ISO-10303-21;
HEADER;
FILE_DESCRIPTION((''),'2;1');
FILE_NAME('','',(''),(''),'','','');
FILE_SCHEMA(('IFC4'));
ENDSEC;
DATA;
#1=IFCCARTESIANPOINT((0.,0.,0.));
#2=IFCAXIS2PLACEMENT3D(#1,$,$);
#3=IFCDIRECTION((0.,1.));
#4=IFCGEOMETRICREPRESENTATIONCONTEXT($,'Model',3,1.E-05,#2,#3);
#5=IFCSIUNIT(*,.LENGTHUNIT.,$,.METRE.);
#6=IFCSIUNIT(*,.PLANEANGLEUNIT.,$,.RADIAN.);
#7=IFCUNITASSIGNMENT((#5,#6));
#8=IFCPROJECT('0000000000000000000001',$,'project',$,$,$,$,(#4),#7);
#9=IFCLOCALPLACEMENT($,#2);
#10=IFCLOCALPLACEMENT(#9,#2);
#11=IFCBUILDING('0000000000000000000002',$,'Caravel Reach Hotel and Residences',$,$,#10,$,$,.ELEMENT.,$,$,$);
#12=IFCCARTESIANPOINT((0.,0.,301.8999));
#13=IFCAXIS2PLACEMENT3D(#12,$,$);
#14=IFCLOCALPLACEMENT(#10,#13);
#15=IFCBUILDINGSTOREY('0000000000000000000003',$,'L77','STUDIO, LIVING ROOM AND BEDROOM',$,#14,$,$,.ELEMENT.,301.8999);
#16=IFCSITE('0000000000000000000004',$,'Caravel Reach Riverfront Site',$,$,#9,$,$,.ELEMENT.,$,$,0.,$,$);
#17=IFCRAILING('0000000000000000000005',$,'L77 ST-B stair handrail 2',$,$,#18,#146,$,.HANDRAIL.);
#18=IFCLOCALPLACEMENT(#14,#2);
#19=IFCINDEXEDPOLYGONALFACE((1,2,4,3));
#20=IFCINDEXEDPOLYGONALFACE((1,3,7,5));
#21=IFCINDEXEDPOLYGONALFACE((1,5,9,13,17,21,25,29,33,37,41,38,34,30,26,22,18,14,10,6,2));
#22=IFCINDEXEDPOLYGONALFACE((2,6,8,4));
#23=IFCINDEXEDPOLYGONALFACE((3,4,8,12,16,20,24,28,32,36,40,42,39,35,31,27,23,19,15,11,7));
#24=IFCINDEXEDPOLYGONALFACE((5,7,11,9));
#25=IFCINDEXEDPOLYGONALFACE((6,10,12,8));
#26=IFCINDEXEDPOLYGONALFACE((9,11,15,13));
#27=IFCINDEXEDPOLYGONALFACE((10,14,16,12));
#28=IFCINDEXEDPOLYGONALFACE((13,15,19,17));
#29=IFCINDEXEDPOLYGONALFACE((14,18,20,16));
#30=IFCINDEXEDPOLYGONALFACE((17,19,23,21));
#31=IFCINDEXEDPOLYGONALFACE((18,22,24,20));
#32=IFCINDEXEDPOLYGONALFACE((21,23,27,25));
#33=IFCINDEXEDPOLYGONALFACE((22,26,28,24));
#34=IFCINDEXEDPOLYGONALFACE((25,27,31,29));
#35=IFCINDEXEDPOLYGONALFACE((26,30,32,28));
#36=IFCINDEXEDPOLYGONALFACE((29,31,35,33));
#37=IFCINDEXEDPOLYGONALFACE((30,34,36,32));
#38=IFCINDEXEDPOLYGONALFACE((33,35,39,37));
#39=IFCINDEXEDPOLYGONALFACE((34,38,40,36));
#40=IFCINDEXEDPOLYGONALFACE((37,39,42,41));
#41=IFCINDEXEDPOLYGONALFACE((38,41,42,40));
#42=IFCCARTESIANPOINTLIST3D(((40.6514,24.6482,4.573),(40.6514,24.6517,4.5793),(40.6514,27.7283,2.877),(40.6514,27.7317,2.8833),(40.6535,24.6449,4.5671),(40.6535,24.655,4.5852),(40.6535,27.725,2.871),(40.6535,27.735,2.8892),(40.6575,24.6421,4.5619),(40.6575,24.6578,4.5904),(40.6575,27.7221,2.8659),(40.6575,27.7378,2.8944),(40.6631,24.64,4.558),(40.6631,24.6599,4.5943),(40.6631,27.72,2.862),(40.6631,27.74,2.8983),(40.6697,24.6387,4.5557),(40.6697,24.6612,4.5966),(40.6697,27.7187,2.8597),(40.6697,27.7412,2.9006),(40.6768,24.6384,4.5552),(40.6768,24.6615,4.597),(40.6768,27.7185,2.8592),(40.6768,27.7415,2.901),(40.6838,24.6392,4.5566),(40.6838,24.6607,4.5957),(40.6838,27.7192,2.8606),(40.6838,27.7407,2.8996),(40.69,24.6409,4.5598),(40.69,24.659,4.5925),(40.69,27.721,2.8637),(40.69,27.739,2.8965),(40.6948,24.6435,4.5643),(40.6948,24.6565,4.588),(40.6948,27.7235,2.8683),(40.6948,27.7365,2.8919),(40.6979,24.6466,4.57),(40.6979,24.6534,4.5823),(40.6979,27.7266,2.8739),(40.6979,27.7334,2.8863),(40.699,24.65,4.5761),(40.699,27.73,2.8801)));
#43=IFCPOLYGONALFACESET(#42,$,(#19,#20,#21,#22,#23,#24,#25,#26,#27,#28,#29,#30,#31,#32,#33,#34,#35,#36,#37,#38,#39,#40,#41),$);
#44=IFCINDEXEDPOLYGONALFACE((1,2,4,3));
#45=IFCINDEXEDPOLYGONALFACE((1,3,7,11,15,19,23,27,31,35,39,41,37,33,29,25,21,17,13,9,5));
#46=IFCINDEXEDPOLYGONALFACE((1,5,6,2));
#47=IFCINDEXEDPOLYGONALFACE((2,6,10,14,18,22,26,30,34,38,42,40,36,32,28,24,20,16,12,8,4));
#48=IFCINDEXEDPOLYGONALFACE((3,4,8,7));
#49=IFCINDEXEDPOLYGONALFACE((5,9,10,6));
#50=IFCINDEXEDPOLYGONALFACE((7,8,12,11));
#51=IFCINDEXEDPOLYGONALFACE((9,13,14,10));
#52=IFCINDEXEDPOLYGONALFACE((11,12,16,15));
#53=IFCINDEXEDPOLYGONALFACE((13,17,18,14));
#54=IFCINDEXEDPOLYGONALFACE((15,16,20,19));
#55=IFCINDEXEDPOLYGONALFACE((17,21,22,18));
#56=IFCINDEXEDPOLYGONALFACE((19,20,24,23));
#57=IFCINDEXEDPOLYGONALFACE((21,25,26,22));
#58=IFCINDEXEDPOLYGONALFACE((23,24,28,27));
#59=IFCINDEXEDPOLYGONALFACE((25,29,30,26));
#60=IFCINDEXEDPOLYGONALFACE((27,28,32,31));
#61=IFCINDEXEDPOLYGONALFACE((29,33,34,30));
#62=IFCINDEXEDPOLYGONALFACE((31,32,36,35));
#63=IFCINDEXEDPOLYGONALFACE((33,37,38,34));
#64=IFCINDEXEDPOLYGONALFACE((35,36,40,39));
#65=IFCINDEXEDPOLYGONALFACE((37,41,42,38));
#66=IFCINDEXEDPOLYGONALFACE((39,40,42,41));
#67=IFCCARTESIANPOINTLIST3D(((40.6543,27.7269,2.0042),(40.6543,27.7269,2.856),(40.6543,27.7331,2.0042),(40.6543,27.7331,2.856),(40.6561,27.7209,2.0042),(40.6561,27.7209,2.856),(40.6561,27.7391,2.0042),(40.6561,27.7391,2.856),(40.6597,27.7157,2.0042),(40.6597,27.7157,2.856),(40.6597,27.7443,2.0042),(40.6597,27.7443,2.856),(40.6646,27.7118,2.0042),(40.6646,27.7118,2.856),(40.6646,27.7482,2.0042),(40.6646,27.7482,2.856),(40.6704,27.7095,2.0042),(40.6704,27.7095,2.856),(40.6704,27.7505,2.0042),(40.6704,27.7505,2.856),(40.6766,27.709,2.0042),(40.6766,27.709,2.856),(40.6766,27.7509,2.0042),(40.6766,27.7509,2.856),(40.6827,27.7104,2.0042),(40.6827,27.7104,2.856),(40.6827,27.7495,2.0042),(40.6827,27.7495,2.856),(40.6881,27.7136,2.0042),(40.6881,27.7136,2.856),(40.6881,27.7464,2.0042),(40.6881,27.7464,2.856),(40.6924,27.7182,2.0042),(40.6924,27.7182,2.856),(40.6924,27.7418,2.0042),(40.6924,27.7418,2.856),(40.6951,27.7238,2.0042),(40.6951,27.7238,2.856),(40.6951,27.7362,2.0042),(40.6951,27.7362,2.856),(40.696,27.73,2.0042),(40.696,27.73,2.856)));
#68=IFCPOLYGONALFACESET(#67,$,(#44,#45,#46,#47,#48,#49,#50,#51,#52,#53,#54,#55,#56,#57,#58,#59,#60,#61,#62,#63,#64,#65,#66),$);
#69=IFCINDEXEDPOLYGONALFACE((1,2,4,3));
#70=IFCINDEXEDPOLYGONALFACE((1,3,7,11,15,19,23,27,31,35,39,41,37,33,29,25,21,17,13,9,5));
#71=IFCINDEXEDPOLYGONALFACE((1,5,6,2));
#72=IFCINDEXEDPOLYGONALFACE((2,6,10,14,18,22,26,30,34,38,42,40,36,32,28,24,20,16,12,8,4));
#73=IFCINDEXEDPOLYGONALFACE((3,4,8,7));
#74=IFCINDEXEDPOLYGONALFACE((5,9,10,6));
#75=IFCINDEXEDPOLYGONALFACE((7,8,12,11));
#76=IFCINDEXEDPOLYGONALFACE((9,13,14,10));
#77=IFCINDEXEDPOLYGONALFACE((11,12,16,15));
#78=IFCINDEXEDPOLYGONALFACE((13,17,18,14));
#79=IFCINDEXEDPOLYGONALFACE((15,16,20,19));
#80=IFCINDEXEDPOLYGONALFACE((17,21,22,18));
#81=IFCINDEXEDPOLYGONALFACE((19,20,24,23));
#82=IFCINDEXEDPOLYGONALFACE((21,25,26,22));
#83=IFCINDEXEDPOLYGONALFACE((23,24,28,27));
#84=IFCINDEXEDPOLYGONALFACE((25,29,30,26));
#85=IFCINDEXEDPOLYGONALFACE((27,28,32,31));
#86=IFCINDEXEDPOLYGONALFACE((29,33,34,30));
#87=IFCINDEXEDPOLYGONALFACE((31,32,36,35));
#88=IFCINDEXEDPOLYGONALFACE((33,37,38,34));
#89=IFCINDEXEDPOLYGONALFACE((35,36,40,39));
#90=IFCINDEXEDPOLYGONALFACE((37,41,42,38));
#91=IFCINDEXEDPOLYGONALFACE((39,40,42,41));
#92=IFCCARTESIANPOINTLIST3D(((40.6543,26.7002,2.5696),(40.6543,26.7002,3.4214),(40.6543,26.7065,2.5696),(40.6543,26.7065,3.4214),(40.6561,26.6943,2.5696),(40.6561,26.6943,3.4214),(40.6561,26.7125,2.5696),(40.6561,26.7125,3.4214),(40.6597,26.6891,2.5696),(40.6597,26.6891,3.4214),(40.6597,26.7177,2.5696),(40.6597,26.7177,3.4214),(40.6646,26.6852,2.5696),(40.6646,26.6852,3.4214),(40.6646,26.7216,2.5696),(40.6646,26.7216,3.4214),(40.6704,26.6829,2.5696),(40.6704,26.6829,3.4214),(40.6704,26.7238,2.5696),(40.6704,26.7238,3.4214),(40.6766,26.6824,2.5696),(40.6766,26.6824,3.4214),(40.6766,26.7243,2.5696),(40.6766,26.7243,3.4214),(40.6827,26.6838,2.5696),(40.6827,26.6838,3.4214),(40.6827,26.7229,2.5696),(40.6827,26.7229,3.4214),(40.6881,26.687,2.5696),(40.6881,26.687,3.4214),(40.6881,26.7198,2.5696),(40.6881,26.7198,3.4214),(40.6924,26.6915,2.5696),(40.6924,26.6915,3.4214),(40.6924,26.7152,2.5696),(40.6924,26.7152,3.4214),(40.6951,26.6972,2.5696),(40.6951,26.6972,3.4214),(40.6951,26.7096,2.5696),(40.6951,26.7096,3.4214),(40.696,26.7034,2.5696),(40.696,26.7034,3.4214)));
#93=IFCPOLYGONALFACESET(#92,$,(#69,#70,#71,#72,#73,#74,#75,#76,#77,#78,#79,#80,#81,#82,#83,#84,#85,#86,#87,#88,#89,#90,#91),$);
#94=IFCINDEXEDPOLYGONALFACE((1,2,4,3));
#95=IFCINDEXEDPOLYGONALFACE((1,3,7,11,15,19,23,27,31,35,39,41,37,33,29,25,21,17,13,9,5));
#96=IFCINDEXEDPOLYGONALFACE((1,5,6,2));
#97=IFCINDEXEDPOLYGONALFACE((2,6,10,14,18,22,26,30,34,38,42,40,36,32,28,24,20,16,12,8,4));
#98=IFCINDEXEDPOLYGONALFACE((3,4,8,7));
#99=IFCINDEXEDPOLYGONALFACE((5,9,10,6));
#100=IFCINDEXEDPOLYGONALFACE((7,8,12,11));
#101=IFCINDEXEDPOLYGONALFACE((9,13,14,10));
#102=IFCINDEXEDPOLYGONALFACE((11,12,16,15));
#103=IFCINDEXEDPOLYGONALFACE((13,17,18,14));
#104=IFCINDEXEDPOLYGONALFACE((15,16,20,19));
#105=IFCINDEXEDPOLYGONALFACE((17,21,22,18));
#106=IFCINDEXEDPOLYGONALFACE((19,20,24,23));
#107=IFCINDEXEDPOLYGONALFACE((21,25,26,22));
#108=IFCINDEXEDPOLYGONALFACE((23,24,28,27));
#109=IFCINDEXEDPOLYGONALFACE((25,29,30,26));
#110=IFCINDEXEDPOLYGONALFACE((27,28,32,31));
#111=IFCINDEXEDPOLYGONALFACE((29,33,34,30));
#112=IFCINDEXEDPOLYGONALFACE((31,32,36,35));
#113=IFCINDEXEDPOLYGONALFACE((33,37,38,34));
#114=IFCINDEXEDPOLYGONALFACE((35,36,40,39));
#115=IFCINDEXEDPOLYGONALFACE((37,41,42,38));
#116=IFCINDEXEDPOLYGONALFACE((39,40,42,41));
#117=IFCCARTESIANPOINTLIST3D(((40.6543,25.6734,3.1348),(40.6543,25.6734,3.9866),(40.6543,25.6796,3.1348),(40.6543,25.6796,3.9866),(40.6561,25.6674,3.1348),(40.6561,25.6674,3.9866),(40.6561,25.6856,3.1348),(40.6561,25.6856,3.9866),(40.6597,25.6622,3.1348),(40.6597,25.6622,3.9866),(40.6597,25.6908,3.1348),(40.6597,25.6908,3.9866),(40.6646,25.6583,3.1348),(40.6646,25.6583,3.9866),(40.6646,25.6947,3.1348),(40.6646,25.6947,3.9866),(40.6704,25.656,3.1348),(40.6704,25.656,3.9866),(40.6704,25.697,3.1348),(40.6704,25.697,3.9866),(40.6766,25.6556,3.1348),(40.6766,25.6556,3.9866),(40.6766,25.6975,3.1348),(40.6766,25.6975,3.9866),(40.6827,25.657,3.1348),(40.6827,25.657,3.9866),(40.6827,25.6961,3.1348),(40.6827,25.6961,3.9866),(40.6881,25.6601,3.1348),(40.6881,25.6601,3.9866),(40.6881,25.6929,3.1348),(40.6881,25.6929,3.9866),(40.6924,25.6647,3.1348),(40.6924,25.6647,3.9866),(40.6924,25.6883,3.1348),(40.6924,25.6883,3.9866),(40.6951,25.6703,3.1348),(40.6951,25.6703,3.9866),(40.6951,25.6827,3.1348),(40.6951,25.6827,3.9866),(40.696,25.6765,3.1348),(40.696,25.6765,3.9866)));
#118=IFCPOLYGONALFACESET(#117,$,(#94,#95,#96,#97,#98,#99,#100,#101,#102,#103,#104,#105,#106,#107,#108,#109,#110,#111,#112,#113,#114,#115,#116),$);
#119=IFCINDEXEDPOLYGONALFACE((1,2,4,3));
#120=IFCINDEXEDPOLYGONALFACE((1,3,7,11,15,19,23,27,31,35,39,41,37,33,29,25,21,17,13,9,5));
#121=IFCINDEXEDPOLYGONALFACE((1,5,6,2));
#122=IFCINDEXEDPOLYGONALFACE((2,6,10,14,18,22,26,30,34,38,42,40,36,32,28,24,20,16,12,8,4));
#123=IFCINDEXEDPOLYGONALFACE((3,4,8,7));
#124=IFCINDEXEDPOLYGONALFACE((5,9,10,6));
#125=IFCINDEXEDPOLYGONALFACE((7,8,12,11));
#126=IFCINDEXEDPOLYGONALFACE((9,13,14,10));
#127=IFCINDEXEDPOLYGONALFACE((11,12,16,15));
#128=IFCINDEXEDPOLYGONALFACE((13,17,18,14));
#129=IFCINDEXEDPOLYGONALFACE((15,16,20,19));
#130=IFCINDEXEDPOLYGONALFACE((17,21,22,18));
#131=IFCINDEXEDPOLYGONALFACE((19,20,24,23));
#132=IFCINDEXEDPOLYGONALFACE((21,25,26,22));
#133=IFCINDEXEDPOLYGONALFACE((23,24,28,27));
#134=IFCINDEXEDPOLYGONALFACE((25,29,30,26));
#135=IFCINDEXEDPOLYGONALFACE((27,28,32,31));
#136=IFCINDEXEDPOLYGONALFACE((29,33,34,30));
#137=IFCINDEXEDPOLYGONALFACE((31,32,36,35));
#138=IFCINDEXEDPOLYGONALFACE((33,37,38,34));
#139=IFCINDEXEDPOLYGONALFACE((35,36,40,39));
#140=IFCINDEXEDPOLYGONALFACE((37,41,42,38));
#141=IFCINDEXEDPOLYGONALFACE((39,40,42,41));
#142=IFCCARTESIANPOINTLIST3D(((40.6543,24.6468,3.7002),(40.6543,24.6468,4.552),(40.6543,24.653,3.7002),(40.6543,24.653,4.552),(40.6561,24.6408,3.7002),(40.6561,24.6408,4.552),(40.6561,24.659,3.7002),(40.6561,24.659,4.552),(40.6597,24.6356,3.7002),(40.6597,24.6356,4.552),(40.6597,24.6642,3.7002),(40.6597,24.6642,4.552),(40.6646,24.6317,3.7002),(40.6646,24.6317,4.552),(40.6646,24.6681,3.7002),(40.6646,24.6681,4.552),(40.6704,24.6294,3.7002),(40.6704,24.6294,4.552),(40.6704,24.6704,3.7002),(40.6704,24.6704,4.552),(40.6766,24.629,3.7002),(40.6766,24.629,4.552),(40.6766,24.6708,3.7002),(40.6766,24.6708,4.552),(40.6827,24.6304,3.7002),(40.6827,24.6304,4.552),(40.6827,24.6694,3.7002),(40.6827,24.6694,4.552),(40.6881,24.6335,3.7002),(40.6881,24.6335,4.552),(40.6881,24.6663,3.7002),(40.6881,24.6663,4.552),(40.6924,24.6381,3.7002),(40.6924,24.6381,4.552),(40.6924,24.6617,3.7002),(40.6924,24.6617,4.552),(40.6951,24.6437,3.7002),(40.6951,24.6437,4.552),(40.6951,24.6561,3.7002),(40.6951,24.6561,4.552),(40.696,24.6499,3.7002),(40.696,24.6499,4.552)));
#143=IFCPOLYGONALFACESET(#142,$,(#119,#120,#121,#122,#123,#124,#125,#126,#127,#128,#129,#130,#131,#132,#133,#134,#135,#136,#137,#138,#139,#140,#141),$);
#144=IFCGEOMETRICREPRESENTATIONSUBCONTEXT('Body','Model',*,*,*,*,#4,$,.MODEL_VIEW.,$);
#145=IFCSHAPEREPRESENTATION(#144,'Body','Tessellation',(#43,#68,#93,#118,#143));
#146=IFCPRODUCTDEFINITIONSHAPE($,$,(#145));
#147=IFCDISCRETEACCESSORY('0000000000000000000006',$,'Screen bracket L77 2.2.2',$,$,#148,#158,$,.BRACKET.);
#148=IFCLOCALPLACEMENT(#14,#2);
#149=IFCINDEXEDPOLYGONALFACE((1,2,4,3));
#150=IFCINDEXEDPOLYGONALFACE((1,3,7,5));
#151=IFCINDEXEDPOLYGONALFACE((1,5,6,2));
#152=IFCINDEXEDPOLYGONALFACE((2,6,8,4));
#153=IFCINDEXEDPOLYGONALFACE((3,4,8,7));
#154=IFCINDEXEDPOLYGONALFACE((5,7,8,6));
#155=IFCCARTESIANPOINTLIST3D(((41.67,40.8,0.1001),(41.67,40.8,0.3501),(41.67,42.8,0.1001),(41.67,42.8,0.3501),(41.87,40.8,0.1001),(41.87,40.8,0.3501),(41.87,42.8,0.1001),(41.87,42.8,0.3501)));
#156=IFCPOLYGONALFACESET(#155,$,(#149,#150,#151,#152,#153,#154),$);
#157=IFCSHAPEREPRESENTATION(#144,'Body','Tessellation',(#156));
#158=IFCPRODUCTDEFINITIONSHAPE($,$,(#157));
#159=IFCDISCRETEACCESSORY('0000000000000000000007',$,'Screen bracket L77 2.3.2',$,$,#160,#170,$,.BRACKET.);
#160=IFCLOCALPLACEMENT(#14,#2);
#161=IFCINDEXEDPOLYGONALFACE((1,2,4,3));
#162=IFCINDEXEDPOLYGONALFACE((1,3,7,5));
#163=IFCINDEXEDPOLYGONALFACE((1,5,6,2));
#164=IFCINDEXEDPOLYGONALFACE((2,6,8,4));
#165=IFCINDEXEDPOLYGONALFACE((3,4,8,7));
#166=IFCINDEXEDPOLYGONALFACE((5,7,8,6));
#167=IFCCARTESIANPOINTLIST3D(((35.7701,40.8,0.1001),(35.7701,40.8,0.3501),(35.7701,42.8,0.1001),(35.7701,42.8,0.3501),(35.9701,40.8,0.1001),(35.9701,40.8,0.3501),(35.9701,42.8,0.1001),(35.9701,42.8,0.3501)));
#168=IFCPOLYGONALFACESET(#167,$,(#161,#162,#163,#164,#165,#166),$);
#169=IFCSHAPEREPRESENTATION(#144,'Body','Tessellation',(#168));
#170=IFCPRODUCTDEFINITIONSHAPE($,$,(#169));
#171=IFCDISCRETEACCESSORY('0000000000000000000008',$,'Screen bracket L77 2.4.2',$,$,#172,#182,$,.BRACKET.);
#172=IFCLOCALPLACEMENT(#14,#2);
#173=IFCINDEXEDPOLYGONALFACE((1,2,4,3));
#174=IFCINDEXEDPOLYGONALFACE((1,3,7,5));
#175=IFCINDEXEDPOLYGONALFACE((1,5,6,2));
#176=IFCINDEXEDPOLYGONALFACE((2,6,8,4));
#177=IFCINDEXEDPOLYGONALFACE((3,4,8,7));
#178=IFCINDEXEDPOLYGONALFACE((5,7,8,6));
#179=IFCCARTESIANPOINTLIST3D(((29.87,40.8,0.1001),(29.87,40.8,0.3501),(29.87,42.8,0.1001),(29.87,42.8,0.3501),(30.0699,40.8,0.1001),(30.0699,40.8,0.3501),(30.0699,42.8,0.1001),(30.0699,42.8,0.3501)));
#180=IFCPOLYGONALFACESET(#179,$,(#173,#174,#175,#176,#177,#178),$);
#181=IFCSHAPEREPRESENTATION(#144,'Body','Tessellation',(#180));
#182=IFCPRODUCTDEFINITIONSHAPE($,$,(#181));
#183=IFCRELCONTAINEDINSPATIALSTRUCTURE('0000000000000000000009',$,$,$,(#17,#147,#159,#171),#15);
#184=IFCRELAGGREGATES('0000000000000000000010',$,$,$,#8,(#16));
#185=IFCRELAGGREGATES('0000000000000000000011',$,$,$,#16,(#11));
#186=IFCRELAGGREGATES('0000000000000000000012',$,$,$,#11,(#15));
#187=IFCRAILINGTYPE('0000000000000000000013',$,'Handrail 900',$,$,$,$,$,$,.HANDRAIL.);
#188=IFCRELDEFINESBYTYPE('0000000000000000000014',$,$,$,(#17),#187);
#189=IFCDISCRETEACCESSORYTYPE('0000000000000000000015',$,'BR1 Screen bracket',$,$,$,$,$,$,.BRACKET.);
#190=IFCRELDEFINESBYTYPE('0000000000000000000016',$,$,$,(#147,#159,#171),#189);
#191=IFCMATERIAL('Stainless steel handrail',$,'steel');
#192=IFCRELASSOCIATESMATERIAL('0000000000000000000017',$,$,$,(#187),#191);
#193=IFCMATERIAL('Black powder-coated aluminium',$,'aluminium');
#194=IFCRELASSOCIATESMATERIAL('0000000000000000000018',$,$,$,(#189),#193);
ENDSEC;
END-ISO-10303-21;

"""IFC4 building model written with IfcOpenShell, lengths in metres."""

from ifc_helpers import new_model, si_unit, direction, frame, origin, origin_2d, place, context, subcontext, project, spatial, rectangle, circle, extrude, material, type_object, element, save


model = new_model("IFC4")

# Units and contexts
model_context = context("Model", 3, precision=1e-05, world=origin(), true_north=direction((0.0, 1.0)))
body_context = subcontext(model_context, "Body", "Model", "MODEL_VIEW")
ifc_project = project(units=[si_unit("LENGTHUNIT", "METRE"), si_unit("PLANEANGLEUNIT", "RADIAN")], contexts=[model_context])

# Site, building, storey
site_placement = place(None, origin())
site = spatial("IfcSite", under=ifc_project, at=site_placement, Name="Caravel Reach Riverfront Site", CompositionType="ELEMENT", RefElevation=0.0)
building_placement = place(site_placement, origin())
building = spatial("IfcBuilding", under=site, at=building_placement, Name="Caravel Reach Hotel and Residences", CompositionType="ELEMENT")
storey_placement = place(building_placement, frame((0.0, 0.0, 301.8999)))
storey = spatial("IfcBuildingStorey", under=building, at=storey_placement, Name="L77", Description="STUDIO, LIVING ROOM AND BEDROOM", CompositionType="ELEMENT", Elevation=301.8999)

# Railing
ifc_material_1 = material(Name="Stainless steel handrail", Category="steel")
railing_type_1 = type_object("IfcRailingType", Name="Handrail 900", PredefinedType="HANDRAIL", material=ifc_material_1)
railing_1_placement = place(storey_placement, frame((40.675, 27.73, 2.0042)))
element("IfcRailing", 1, at=railing_1_placement, inside=storey, type_object=railing_type_1, Name="L77 ST-B stair handrail 2", PredefinedType="HANDRAIL", context=body_context, shape_type="SweptSolid", body=[
    extrude(circle(Radius=0.0239, at=origin_2d()), frame((0.0, 0.0, 0.876), z_axis=(0.0, -0.875975, 0.482356), x_axis=(1.0, 0.0, 0.0)), (0.0, 0.0, 1.0), 3.5161),
    extrude(circle(Radius=0.021, at=origin_2d()), origin(), (0.0, 0.0, 1.0), 0.8518),
    extrude(circle(Radius=0.021, at=origin_2d()), frame((0.0, -1.0266, 0.5654)), (0.0, 0.0, 1.0), 0.8518),
    extrude(circle(Radius=0.021, at=origin_2d()), frame((0.0, -2.0535, 1.1306)), (0.0, 0.0, 1.0), 0.8518),
    extrude(circle(Radius=0.021, at=origin_2d()), frame((0.0, -3.0801, 1.696)), (0.0, 0.0, 1.0), 0.8518),
])

# Discrete accessories
ifc_material_2 = material(Name="Black powder-coated aluminium", Category="aluminium")
discrete_accessory_type = type_object("IfcDiscreteAccessoryType", Name="BR1 Screen bracket", PredefinedType="BRACKET", material=ifc_material_2)
for number, where, z_axis, x_axis, name in (
    (2, (41.77, 41.8, 0.1001), (0.0, 0.0, 1.0), (0.0, 1.0, 0.0), "Screen bracket L77 2.2.2"),
    (3, (35.8701, 41.8, 0.1001), (0.0, 0.0, 1.0), (0.0, 1.0, 0.0), "Screen bracket L77 2.3.2"),
    (4, (29.97, 41.8, 0.1001), (0.0, 0.0, 1.0), (0.0, 1.0, 0.0), "Screen bracket L77 2.4.2"),
):
    element("IfcDiscreteAccessory", number, at=place(storey_placement, frame(where, z_axis=z_axis, x_axis=x_axis)), inside=storey, type_object=discrete_accessory_type, Name=name, PredefinedType="BRACKET", context=body_context, shape_type="SweptSolid", body=[
        extrude(rectangle(XDim=2.0, YDim=0.2, at=origin_2d()), origin(), (0.0, 0.0, 1.0), 0.25),
    ])

save(model, "model.ifc")
